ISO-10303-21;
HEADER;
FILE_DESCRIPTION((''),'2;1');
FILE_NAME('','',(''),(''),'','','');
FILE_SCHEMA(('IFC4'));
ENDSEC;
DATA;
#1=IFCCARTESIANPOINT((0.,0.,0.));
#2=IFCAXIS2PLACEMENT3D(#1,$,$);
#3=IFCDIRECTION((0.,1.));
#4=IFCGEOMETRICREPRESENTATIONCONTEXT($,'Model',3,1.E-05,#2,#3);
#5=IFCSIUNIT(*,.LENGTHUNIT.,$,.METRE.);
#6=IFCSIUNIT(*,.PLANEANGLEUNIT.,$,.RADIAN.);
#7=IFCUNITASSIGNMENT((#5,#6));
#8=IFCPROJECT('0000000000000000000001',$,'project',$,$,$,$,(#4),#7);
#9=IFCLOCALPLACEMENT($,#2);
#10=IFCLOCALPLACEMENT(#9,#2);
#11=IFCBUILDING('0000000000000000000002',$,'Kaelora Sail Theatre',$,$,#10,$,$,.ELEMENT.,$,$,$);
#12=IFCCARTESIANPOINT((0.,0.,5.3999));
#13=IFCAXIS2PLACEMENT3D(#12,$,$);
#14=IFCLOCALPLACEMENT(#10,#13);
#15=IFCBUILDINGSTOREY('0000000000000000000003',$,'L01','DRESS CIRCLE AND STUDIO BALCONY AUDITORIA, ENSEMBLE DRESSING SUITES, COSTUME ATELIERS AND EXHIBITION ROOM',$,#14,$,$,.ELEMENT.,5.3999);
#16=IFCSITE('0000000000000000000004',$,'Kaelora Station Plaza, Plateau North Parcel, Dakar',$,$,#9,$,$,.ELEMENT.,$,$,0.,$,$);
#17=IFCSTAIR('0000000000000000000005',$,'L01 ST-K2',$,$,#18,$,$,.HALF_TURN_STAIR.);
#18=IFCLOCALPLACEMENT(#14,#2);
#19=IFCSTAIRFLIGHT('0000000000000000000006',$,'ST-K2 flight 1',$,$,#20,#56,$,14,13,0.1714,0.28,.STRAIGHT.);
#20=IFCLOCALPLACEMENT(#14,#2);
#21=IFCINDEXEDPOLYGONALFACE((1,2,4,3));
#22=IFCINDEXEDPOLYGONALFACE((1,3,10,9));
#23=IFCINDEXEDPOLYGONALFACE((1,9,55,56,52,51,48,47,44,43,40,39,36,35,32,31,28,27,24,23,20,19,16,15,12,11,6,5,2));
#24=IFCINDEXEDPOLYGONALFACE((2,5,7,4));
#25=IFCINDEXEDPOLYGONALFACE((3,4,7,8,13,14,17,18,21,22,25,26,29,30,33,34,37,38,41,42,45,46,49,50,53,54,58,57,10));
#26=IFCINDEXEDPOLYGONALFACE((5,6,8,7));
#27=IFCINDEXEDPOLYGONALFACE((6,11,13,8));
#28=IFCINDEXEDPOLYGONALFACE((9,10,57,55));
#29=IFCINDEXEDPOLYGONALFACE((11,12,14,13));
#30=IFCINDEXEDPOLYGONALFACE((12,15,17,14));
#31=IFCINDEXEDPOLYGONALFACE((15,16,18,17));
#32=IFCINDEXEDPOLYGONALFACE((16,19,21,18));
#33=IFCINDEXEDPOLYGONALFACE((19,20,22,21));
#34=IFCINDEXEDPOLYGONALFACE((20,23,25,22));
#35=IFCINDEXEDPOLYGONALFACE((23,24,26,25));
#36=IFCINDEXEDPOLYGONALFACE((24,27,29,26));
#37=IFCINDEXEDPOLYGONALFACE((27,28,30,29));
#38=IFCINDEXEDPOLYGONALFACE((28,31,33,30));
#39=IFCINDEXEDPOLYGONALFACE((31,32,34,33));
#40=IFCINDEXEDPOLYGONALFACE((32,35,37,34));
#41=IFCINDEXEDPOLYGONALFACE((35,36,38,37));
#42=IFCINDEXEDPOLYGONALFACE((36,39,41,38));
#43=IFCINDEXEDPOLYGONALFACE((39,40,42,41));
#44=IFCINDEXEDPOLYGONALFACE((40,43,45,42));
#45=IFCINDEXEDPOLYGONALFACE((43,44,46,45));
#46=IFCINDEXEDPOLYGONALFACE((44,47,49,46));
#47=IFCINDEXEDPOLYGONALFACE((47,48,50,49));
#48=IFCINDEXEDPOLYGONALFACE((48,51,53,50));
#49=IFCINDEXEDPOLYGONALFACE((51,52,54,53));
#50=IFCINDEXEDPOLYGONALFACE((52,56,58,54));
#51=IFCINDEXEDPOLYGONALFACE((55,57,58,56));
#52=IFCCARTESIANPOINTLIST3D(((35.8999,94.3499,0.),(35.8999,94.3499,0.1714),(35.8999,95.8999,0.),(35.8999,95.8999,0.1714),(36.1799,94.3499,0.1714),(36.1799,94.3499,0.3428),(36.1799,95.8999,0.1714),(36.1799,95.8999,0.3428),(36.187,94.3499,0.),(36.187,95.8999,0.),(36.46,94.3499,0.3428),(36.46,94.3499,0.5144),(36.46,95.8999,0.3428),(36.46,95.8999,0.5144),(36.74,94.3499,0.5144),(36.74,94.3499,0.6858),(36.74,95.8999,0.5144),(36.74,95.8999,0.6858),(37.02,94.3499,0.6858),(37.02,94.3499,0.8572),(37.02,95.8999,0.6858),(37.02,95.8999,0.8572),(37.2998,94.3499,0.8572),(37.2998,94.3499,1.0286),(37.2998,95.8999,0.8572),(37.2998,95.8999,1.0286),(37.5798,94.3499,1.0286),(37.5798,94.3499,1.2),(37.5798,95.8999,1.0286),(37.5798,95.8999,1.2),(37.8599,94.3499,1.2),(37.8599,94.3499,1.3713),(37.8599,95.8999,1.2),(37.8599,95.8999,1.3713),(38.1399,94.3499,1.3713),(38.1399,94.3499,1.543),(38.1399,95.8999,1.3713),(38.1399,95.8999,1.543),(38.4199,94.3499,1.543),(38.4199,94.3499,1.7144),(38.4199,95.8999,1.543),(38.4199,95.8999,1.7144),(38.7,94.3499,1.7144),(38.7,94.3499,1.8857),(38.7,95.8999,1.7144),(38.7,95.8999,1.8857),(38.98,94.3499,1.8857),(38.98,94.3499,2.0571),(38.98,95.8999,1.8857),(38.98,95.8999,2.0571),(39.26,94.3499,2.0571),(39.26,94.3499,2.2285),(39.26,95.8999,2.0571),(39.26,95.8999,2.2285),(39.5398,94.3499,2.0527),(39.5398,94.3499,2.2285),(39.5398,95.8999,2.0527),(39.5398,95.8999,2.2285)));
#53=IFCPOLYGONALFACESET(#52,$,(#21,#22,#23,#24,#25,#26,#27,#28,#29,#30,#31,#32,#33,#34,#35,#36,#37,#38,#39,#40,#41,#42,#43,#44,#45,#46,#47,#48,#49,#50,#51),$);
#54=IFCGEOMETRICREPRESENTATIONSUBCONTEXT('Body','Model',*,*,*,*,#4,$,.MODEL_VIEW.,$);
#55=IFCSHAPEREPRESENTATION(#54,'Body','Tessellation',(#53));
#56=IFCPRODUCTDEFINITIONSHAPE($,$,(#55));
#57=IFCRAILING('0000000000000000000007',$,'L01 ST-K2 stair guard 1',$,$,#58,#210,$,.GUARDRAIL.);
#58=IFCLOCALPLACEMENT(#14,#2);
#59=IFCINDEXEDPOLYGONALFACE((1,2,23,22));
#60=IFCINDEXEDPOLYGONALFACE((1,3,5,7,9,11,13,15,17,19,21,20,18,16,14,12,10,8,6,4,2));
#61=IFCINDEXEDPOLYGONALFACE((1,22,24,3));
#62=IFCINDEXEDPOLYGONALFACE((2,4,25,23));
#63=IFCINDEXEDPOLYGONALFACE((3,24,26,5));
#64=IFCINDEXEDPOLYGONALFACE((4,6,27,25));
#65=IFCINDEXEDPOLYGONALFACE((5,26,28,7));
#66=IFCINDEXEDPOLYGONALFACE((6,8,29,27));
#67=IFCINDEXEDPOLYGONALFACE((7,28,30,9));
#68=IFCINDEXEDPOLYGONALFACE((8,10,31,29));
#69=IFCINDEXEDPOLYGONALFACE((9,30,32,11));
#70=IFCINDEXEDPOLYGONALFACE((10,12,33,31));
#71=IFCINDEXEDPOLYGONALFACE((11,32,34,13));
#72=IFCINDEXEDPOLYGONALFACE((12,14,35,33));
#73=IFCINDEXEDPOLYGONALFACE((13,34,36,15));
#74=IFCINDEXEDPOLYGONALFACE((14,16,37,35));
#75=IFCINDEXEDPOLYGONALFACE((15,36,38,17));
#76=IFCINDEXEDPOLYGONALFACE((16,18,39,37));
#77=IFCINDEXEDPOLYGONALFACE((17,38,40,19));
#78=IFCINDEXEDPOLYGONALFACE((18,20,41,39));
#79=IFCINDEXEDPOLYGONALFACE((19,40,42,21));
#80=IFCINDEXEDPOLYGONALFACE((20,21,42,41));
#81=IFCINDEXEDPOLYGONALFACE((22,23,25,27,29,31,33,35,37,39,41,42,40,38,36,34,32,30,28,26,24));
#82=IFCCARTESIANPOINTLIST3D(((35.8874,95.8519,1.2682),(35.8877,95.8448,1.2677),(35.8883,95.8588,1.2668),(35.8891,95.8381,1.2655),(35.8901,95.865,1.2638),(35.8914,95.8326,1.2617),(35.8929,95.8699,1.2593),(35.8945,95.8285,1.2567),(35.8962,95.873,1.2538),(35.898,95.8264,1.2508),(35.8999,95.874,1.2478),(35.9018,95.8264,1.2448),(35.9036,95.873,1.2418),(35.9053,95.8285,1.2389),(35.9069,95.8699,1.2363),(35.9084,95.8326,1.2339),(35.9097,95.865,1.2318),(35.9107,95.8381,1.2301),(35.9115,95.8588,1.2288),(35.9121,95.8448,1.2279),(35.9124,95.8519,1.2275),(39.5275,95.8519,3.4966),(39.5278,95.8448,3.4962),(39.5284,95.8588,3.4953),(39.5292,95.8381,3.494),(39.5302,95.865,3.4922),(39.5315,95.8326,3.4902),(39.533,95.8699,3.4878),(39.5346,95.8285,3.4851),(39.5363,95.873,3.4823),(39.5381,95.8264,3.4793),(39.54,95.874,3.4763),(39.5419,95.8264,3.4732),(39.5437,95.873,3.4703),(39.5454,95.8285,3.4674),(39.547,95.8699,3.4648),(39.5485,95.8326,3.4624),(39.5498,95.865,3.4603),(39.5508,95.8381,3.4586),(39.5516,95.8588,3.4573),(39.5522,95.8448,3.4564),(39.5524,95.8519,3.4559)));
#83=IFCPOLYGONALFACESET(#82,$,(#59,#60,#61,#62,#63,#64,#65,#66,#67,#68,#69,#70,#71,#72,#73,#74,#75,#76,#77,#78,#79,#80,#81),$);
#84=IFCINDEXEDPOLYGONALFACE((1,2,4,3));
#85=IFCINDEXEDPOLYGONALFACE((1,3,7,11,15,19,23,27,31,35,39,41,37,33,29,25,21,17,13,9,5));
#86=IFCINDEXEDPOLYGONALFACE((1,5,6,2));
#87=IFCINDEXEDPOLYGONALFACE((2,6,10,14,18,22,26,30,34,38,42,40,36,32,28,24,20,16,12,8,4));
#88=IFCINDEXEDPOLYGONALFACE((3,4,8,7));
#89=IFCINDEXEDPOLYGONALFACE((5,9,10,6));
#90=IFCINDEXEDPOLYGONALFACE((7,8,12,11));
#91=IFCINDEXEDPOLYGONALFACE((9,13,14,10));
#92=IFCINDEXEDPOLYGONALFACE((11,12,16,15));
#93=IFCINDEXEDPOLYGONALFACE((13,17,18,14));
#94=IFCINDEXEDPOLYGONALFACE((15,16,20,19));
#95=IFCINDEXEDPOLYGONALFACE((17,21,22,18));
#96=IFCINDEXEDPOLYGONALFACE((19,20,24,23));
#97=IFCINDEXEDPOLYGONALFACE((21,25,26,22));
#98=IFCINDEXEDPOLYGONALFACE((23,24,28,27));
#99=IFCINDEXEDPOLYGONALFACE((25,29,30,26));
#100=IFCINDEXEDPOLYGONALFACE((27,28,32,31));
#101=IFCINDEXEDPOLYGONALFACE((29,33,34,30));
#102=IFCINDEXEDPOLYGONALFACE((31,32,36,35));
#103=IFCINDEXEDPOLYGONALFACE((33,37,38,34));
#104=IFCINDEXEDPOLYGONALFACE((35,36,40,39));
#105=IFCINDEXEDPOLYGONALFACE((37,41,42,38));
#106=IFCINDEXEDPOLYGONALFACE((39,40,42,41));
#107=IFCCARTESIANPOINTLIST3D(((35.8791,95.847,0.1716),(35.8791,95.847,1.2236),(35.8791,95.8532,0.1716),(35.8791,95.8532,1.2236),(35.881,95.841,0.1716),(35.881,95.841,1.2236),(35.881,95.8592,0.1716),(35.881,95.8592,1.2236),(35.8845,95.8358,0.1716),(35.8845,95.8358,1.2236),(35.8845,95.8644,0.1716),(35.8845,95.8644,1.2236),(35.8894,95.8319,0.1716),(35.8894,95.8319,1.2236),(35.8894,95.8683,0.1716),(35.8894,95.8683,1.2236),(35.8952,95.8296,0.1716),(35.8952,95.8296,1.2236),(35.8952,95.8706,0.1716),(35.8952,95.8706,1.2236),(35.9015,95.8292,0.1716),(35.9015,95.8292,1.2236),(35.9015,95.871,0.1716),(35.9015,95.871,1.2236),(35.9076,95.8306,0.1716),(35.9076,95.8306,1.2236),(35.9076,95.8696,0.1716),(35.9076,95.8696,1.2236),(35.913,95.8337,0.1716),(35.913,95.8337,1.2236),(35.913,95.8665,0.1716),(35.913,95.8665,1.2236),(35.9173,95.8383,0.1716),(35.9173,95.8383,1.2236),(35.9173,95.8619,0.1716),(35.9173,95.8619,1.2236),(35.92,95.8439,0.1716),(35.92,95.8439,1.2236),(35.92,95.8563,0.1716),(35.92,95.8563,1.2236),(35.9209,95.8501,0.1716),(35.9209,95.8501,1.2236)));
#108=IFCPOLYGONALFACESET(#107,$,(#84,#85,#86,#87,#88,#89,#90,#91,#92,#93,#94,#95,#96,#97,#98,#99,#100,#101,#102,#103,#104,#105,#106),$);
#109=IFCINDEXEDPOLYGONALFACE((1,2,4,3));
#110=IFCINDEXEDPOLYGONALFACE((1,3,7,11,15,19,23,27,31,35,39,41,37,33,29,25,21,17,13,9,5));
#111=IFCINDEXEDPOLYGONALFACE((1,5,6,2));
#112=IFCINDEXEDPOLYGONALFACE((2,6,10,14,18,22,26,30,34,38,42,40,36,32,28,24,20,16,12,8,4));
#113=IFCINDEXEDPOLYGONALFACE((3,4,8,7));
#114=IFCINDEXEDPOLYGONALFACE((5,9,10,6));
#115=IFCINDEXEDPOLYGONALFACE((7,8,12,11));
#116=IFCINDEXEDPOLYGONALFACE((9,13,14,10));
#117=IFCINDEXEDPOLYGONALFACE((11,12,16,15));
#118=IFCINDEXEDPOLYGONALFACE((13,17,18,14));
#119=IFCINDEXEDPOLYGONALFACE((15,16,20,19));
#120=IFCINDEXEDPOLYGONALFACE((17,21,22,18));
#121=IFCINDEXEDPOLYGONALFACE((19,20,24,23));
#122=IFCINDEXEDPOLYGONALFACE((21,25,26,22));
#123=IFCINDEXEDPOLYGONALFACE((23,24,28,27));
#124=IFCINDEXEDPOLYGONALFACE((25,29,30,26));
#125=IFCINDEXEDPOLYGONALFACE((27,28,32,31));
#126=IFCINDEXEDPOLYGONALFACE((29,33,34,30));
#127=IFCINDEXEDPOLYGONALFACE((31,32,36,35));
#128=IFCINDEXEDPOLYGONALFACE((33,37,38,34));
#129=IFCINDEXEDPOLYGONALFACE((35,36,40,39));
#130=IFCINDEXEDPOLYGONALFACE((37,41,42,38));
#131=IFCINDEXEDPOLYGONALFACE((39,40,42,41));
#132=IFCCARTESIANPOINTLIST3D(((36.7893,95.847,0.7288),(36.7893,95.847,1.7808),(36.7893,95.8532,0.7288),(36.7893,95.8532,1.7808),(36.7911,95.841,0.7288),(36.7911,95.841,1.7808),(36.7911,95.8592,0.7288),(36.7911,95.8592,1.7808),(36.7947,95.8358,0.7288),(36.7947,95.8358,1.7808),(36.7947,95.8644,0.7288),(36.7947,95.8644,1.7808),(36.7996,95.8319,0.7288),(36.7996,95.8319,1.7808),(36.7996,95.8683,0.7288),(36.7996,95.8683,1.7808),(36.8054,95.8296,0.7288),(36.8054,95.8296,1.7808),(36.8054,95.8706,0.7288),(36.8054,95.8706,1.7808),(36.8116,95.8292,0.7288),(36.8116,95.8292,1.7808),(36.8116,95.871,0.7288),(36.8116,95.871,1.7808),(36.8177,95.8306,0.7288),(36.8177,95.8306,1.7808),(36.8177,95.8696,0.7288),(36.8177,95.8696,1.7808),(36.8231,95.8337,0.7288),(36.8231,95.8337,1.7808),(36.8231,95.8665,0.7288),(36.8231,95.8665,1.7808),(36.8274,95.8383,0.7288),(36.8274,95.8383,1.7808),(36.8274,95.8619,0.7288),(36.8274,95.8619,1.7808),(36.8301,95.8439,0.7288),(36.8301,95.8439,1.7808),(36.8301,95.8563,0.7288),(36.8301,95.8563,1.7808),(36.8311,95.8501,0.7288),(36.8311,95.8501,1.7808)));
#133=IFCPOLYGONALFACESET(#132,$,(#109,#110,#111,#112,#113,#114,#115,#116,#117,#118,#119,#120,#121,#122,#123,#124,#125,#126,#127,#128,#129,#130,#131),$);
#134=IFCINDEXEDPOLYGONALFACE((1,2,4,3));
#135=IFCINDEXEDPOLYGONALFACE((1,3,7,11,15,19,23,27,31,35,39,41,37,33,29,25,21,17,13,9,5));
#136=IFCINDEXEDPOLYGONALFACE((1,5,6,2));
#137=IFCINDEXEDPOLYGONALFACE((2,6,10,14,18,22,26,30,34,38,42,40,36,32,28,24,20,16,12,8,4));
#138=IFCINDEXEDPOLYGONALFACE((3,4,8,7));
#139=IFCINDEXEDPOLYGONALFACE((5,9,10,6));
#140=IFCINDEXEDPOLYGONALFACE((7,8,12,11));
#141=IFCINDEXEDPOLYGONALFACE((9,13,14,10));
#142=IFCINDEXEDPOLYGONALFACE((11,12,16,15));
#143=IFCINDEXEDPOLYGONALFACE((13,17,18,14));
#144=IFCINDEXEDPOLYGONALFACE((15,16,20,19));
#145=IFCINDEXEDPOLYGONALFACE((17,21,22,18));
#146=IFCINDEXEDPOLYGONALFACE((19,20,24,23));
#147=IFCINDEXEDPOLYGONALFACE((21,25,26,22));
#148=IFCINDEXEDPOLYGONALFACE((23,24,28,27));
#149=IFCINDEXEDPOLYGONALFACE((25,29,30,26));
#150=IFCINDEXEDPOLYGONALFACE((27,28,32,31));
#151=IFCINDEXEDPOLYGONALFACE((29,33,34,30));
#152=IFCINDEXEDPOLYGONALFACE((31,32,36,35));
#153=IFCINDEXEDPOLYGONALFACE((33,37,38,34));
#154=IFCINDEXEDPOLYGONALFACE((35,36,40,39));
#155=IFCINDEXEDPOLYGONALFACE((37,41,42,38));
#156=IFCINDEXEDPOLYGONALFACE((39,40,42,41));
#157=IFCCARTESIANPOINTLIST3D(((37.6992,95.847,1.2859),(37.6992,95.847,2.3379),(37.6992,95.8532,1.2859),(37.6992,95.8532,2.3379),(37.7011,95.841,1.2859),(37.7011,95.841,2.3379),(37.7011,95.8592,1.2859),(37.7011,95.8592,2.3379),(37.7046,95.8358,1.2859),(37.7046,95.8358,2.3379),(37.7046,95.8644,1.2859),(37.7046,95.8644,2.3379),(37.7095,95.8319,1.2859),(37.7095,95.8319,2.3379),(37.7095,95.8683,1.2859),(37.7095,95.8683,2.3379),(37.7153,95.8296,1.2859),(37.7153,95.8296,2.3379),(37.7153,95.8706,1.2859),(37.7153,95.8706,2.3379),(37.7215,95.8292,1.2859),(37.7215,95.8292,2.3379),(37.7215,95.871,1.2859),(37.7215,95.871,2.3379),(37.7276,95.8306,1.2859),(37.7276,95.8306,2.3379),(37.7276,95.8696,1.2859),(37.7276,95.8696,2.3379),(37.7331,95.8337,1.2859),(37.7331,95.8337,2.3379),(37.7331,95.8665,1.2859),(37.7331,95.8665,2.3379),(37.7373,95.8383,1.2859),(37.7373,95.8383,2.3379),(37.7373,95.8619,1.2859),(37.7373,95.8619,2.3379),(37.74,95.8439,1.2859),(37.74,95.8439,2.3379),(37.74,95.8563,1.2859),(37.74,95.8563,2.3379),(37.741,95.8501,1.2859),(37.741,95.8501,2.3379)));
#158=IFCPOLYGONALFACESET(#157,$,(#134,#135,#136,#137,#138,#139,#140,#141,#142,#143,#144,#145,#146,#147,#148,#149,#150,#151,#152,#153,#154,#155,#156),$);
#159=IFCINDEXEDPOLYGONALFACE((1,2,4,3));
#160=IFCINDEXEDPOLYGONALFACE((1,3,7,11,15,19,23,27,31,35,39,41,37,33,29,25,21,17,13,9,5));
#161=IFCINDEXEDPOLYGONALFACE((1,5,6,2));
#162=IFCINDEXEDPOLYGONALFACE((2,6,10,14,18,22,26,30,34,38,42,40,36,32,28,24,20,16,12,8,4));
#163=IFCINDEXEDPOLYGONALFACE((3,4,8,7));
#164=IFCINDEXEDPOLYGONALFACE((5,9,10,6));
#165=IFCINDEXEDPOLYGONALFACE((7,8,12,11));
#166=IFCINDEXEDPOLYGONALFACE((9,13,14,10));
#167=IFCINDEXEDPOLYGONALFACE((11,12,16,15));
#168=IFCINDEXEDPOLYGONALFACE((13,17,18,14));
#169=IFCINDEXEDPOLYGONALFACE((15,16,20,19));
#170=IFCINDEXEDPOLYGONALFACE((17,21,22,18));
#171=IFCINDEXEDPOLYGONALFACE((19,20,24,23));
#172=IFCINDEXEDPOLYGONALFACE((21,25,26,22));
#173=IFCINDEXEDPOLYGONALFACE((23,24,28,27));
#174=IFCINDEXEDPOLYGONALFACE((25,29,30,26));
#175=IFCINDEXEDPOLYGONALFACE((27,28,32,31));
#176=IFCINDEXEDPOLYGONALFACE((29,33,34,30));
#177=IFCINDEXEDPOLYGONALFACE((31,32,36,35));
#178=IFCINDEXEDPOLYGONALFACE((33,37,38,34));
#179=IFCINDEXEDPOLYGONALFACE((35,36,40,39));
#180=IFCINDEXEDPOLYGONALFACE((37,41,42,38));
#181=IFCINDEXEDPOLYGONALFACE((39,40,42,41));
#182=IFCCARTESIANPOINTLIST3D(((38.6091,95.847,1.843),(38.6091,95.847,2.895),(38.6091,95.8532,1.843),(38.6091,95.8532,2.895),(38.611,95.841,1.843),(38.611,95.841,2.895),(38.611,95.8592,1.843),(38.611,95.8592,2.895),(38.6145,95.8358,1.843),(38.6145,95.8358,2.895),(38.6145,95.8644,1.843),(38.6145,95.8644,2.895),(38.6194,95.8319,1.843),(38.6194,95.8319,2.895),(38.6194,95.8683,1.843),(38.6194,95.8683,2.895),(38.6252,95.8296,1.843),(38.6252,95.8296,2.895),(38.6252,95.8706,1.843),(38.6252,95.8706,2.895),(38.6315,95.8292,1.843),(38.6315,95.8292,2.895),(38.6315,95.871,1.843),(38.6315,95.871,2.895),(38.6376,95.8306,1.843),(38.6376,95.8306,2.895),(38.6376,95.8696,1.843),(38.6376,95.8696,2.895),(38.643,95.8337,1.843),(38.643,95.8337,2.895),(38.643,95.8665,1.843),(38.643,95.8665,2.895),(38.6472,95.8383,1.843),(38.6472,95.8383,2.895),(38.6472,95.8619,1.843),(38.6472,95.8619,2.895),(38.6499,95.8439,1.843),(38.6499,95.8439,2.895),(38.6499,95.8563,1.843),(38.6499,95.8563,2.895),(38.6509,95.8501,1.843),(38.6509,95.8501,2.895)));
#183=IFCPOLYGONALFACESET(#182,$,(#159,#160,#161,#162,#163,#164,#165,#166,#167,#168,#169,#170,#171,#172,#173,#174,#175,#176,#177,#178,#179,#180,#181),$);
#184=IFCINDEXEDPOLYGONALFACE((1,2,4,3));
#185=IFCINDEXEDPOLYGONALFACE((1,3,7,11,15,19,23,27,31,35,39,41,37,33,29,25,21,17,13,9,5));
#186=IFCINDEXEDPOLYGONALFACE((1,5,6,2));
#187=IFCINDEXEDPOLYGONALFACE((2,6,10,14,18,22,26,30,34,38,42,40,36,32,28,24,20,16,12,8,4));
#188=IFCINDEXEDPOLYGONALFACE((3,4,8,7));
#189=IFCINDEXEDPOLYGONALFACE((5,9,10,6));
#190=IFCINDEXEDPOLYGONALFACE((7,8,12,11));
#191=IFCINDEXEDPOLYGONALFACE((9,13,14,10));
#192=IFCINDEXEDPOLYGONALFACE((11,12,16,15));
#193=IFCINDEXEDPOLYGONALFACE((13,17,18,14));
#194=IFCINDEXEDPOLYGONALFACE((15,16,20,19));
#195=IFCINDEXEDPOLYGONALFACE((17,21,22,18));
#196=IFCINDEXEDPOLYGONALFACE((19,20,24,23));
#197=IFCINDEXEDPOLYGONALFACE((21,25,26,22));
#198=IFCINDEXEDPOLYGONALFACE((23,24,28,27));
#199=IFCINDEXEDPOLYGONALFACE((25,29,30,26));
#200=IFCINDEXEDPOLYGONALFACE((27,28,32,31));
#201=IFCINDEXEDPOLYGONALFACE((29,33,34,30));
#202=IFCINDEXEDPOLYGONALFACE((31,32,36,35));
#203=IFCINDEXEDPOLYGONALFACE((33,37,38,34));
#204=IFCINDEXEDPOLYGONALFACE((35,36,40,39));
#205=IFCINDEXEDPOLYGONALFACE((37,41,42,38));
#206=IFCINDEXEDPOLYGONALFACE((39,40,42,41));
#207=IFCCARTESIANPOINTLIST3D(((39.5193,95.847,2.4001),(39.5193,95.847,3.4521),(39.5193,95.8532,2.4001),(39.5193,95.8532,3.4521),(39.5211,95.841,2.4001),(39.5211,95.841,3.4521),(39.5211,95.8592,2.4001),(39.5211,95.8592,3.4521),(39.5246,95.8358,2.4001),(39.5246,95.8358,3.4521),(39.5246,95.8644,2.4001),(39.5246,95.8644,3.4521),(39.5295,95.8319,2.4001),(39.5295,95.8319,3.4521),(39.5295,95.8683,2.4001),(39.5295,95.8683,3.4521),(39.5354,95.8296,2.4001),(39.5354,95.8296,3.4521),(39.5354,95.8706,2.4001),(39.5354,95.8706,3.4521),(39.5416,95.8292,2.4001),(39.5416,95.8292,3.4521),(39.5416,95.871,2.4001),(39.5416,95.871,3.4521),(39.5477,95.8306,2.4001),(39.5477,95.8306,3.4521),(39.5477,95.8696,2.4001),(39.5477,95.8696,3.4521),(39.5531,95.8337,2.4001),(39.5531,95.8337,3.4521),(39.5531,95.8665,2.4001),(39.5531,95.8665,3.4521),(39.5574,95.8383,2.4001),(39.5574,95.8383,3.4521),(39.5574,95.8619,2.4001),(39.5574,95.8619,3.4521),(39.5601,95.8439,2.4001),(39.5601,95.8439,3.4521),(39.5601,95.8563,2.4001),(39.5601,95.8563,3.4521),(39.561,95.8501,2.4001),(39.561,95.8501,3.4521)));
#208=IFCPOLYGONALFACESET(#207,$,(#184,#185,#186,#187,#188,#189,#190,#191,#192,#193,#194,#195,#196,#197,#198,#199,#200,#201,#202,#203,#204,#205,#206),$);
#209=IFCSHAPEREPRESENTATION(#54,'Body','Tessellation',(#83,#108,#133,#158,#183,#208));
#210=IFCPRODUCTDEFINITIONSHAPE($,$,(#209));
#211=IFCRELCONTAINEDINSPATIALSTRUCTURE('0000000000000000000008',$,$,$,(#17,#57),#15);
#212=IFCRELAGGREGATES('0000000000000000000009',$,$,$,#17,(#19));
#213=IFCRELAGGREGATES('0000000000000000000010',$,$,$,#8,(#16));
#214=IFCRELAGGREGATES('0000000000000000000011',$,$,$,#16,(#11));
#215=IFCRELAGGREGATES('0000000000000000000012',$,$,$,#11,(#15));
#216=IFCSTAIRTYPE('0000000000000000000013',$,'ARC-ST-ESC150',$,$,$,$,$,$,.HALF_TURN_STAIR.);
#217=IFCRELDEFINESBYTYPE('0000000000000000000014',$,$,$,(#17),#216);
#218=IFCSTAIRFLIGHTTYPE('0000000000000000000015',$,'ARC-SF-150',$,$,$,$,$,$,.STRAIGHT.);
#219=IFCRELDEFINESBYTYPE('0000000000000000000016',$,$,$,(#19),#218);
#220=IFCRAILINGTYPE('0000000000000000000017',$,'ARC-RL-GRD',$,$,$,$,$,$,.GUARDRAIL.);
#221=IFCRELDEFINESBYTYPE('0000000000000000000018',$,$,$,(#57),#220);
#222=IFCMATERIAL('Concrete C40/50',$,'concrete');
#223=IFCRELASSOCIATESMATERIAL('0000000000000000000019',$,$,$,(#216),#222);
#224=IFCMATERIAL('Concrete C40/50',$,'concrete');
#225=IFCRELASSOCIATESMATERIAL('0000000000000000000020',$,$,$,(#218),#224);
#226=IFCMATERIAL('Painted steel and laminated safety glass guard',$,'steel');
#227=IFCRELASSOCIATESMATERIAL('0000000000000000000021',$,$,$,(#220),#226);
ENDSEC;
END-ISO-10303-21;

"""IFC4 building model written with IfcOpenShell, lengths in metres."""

from ifc_helpers import new_model, si_unit, direction, frame, origin, origin_2d, place, context, subcontext, project, spatial, polyline, circle, outline, extrude, material, type_object, element, aggregate, save


model = new_model("IFC4")

# Units and contexts
model_context = context("Model", 3, precision=1e-05, world=origin(), true_north=direction((0.0, 1.0)))
body_context = subcontext(model_context, "Body", "Model", "MODEL_VIEW")
ifc_project = project(units=[si_unit("LENGTHUNIT", "METRE"), si_unit("PLANEANGLEUNIT", "RADIAN")], contexts=[model_context])

# Site, building, storey
site_placement = place(None, origin())
site = spatial("IfcSite", under=ifc_project, at=site_placement, Name="Kaelora Station Plaza, Plateau North Parcel, Dakar", CompositionType="ELEMENT", RefElevation=0.0)
building_placement = place(site_placement, origin())
building = spatial("IfcBuilding", under=site, at=building_placement, Name="Kaelora Sail Theatre", CompositionType="ELEMENT")
storey_placement = place(building_placement, frame((0.0, 0.0, 5.3999)))
storey = spatial("IfcBuildingStorey", under=building, at=storey_placement, Name="L01", Description="DRESS CIRCLE AND STUDIO BALCONY AUDITORIA, ENSEMBLE DRESSING SUITES, COSTUME ATELIERS AND EXHIBITION ROOM", CompositionType="ELEMENT", Elevation=5.3999)

# Stair, stair flight
ifc_material_1 = material(Name="Concrete C40/50", Category="concrete")
stair_type = type_object("IfcStairType", Name="ARC-ST-ESC150", PredefinedType="HALF_TURN_STAIR", material=ifc_material_1)
stair_placement = place(storey_placement, origin())
stair = element("IfcStair", 1, at=stair_placement, inside=storey, type_object=stair_type, Name="L01 ST-K2", PredefinedType="HALF_TURN_STAIR")
ifc_material_2 = material(Name="Concrete C40/50", Category="concrete")
stair_flight_type = type_object("IfcStairFlightType", Name="ARC-SF-150", PredefinedType="STRAIGHT", material=ifc_material_2)
stair_flight_placement = place(storey_placement, frame((35.8999, 95.125, 0.0), z_axis=(0.0, 0.0, 1.0), x_axis=(1.0, 0.0, 0.0)))
stair_flight = element("IfcStairFlight", 2, at=stair_flight_placement, type_object=stair_flight_type, Name="ST-K2 flight 1", NumberOfRisers=14, NumberOfTreads=13, PredefinedType="STRAIGHT", RiserHeight=0.1714, TreadLength=0.28, context=body_context, shape_type="SweptSolid", body=[
    extrude(outline(polyline([(0.0, 0.0), (0.0, 0.1714), (0.28, 0.1714), (0.28, 0.3428), (0.5601, 0.3428), (0.5601, 0.5144), (0.8401, 0.5144), (0.8401, 0.6858), (1.1201, 0.6858), (1.1201, 0.8572), (1.3999, 0.8572), (1.3999, 1.0286), (1.6799, 1.0286), (1.6799, 1.2), (1.96, 1.2), (1.96, 1.3713), (2.24, 1.3713), (2.24, 1.543), (2.52, 1.543), (2.52, 1.7144), (2.8, 1.7144), (2.8, 1.8857), (3.0801, 1.8857), (3.0801, 2.0571), (3.3601, 2.0571), (3.3601, 2.2285), (3.6399, 2.2285), (3.6399, 2.3999), (3.6399, 2.0527), (0.2871, 0.0), (0.0, 0.0)])), frame((0.0, 0.7749, 0.0), z_axis=(0.0, -1.0, 0.0), x_axis=(1.0, 0.0, 0.0)), (0.0, 0.0, 1.0), 1.55),
])
aggregate(stair, [stair_flight])

# Railing
ifc_material_3 = material(Name="Painted steel and laminated safety glass guard", Category="steel")
railing_type_1 = type_object("IfcRailingType", Name="ARC-RL-GRD", PredefinedType="GUARDRAIL", material=ifc_material_3)
railing_1_placement = place(storey_placement, frame((35.8999, 95.8501, 0.1716)))
element("IfcRailing", 3, at=railing_1_placement, inside=storey, type_object=railing_type_1, Name="L01 ST-K2 stair guard 1", PredefinedType="GUARDRAIL", context=body_context, shape_type="SweptSolid", body=[
    extrude(circle(Radius=0.0239, at=origin_2d()), frame((0.0, 0.0, 1.0762), z_axis=(0.852866, 0.0, 0.52213), x_axis=(0.0, 1.0, 0.0)), (0.0, 0.0, 1.0), 4.2681),
    extrude(circle(Radius=0.021, at=origin_2d()), origin(), (0.0, 0.0, 1.0), 1.052),
    extrude(circle(Radius=0.021, at=origin_2d()), frame((0.9102, 0.0, 0.5571)), (0.0, 0.0, 1.0), 1.052),
    extrude(circle(Radius=0.021, at=origin_2d()), frame((1.8201, 0.0, 1.1143)), (0.0, 0.0, 1.0), 1.052),
    extrude(circle(Radius=0.021, at=origin_2d()), frame((2.73, 0.0, 1.6714)), (0.0, 0.0, 1.0), 1.052),
    extrude(circle(Radius=0.021, at=origin_2d()), frame((3.6401, 0.0, 2.2285)), (0.0, 0.0, 1.0), 1.052),
])

save(model, "model.ifc")
